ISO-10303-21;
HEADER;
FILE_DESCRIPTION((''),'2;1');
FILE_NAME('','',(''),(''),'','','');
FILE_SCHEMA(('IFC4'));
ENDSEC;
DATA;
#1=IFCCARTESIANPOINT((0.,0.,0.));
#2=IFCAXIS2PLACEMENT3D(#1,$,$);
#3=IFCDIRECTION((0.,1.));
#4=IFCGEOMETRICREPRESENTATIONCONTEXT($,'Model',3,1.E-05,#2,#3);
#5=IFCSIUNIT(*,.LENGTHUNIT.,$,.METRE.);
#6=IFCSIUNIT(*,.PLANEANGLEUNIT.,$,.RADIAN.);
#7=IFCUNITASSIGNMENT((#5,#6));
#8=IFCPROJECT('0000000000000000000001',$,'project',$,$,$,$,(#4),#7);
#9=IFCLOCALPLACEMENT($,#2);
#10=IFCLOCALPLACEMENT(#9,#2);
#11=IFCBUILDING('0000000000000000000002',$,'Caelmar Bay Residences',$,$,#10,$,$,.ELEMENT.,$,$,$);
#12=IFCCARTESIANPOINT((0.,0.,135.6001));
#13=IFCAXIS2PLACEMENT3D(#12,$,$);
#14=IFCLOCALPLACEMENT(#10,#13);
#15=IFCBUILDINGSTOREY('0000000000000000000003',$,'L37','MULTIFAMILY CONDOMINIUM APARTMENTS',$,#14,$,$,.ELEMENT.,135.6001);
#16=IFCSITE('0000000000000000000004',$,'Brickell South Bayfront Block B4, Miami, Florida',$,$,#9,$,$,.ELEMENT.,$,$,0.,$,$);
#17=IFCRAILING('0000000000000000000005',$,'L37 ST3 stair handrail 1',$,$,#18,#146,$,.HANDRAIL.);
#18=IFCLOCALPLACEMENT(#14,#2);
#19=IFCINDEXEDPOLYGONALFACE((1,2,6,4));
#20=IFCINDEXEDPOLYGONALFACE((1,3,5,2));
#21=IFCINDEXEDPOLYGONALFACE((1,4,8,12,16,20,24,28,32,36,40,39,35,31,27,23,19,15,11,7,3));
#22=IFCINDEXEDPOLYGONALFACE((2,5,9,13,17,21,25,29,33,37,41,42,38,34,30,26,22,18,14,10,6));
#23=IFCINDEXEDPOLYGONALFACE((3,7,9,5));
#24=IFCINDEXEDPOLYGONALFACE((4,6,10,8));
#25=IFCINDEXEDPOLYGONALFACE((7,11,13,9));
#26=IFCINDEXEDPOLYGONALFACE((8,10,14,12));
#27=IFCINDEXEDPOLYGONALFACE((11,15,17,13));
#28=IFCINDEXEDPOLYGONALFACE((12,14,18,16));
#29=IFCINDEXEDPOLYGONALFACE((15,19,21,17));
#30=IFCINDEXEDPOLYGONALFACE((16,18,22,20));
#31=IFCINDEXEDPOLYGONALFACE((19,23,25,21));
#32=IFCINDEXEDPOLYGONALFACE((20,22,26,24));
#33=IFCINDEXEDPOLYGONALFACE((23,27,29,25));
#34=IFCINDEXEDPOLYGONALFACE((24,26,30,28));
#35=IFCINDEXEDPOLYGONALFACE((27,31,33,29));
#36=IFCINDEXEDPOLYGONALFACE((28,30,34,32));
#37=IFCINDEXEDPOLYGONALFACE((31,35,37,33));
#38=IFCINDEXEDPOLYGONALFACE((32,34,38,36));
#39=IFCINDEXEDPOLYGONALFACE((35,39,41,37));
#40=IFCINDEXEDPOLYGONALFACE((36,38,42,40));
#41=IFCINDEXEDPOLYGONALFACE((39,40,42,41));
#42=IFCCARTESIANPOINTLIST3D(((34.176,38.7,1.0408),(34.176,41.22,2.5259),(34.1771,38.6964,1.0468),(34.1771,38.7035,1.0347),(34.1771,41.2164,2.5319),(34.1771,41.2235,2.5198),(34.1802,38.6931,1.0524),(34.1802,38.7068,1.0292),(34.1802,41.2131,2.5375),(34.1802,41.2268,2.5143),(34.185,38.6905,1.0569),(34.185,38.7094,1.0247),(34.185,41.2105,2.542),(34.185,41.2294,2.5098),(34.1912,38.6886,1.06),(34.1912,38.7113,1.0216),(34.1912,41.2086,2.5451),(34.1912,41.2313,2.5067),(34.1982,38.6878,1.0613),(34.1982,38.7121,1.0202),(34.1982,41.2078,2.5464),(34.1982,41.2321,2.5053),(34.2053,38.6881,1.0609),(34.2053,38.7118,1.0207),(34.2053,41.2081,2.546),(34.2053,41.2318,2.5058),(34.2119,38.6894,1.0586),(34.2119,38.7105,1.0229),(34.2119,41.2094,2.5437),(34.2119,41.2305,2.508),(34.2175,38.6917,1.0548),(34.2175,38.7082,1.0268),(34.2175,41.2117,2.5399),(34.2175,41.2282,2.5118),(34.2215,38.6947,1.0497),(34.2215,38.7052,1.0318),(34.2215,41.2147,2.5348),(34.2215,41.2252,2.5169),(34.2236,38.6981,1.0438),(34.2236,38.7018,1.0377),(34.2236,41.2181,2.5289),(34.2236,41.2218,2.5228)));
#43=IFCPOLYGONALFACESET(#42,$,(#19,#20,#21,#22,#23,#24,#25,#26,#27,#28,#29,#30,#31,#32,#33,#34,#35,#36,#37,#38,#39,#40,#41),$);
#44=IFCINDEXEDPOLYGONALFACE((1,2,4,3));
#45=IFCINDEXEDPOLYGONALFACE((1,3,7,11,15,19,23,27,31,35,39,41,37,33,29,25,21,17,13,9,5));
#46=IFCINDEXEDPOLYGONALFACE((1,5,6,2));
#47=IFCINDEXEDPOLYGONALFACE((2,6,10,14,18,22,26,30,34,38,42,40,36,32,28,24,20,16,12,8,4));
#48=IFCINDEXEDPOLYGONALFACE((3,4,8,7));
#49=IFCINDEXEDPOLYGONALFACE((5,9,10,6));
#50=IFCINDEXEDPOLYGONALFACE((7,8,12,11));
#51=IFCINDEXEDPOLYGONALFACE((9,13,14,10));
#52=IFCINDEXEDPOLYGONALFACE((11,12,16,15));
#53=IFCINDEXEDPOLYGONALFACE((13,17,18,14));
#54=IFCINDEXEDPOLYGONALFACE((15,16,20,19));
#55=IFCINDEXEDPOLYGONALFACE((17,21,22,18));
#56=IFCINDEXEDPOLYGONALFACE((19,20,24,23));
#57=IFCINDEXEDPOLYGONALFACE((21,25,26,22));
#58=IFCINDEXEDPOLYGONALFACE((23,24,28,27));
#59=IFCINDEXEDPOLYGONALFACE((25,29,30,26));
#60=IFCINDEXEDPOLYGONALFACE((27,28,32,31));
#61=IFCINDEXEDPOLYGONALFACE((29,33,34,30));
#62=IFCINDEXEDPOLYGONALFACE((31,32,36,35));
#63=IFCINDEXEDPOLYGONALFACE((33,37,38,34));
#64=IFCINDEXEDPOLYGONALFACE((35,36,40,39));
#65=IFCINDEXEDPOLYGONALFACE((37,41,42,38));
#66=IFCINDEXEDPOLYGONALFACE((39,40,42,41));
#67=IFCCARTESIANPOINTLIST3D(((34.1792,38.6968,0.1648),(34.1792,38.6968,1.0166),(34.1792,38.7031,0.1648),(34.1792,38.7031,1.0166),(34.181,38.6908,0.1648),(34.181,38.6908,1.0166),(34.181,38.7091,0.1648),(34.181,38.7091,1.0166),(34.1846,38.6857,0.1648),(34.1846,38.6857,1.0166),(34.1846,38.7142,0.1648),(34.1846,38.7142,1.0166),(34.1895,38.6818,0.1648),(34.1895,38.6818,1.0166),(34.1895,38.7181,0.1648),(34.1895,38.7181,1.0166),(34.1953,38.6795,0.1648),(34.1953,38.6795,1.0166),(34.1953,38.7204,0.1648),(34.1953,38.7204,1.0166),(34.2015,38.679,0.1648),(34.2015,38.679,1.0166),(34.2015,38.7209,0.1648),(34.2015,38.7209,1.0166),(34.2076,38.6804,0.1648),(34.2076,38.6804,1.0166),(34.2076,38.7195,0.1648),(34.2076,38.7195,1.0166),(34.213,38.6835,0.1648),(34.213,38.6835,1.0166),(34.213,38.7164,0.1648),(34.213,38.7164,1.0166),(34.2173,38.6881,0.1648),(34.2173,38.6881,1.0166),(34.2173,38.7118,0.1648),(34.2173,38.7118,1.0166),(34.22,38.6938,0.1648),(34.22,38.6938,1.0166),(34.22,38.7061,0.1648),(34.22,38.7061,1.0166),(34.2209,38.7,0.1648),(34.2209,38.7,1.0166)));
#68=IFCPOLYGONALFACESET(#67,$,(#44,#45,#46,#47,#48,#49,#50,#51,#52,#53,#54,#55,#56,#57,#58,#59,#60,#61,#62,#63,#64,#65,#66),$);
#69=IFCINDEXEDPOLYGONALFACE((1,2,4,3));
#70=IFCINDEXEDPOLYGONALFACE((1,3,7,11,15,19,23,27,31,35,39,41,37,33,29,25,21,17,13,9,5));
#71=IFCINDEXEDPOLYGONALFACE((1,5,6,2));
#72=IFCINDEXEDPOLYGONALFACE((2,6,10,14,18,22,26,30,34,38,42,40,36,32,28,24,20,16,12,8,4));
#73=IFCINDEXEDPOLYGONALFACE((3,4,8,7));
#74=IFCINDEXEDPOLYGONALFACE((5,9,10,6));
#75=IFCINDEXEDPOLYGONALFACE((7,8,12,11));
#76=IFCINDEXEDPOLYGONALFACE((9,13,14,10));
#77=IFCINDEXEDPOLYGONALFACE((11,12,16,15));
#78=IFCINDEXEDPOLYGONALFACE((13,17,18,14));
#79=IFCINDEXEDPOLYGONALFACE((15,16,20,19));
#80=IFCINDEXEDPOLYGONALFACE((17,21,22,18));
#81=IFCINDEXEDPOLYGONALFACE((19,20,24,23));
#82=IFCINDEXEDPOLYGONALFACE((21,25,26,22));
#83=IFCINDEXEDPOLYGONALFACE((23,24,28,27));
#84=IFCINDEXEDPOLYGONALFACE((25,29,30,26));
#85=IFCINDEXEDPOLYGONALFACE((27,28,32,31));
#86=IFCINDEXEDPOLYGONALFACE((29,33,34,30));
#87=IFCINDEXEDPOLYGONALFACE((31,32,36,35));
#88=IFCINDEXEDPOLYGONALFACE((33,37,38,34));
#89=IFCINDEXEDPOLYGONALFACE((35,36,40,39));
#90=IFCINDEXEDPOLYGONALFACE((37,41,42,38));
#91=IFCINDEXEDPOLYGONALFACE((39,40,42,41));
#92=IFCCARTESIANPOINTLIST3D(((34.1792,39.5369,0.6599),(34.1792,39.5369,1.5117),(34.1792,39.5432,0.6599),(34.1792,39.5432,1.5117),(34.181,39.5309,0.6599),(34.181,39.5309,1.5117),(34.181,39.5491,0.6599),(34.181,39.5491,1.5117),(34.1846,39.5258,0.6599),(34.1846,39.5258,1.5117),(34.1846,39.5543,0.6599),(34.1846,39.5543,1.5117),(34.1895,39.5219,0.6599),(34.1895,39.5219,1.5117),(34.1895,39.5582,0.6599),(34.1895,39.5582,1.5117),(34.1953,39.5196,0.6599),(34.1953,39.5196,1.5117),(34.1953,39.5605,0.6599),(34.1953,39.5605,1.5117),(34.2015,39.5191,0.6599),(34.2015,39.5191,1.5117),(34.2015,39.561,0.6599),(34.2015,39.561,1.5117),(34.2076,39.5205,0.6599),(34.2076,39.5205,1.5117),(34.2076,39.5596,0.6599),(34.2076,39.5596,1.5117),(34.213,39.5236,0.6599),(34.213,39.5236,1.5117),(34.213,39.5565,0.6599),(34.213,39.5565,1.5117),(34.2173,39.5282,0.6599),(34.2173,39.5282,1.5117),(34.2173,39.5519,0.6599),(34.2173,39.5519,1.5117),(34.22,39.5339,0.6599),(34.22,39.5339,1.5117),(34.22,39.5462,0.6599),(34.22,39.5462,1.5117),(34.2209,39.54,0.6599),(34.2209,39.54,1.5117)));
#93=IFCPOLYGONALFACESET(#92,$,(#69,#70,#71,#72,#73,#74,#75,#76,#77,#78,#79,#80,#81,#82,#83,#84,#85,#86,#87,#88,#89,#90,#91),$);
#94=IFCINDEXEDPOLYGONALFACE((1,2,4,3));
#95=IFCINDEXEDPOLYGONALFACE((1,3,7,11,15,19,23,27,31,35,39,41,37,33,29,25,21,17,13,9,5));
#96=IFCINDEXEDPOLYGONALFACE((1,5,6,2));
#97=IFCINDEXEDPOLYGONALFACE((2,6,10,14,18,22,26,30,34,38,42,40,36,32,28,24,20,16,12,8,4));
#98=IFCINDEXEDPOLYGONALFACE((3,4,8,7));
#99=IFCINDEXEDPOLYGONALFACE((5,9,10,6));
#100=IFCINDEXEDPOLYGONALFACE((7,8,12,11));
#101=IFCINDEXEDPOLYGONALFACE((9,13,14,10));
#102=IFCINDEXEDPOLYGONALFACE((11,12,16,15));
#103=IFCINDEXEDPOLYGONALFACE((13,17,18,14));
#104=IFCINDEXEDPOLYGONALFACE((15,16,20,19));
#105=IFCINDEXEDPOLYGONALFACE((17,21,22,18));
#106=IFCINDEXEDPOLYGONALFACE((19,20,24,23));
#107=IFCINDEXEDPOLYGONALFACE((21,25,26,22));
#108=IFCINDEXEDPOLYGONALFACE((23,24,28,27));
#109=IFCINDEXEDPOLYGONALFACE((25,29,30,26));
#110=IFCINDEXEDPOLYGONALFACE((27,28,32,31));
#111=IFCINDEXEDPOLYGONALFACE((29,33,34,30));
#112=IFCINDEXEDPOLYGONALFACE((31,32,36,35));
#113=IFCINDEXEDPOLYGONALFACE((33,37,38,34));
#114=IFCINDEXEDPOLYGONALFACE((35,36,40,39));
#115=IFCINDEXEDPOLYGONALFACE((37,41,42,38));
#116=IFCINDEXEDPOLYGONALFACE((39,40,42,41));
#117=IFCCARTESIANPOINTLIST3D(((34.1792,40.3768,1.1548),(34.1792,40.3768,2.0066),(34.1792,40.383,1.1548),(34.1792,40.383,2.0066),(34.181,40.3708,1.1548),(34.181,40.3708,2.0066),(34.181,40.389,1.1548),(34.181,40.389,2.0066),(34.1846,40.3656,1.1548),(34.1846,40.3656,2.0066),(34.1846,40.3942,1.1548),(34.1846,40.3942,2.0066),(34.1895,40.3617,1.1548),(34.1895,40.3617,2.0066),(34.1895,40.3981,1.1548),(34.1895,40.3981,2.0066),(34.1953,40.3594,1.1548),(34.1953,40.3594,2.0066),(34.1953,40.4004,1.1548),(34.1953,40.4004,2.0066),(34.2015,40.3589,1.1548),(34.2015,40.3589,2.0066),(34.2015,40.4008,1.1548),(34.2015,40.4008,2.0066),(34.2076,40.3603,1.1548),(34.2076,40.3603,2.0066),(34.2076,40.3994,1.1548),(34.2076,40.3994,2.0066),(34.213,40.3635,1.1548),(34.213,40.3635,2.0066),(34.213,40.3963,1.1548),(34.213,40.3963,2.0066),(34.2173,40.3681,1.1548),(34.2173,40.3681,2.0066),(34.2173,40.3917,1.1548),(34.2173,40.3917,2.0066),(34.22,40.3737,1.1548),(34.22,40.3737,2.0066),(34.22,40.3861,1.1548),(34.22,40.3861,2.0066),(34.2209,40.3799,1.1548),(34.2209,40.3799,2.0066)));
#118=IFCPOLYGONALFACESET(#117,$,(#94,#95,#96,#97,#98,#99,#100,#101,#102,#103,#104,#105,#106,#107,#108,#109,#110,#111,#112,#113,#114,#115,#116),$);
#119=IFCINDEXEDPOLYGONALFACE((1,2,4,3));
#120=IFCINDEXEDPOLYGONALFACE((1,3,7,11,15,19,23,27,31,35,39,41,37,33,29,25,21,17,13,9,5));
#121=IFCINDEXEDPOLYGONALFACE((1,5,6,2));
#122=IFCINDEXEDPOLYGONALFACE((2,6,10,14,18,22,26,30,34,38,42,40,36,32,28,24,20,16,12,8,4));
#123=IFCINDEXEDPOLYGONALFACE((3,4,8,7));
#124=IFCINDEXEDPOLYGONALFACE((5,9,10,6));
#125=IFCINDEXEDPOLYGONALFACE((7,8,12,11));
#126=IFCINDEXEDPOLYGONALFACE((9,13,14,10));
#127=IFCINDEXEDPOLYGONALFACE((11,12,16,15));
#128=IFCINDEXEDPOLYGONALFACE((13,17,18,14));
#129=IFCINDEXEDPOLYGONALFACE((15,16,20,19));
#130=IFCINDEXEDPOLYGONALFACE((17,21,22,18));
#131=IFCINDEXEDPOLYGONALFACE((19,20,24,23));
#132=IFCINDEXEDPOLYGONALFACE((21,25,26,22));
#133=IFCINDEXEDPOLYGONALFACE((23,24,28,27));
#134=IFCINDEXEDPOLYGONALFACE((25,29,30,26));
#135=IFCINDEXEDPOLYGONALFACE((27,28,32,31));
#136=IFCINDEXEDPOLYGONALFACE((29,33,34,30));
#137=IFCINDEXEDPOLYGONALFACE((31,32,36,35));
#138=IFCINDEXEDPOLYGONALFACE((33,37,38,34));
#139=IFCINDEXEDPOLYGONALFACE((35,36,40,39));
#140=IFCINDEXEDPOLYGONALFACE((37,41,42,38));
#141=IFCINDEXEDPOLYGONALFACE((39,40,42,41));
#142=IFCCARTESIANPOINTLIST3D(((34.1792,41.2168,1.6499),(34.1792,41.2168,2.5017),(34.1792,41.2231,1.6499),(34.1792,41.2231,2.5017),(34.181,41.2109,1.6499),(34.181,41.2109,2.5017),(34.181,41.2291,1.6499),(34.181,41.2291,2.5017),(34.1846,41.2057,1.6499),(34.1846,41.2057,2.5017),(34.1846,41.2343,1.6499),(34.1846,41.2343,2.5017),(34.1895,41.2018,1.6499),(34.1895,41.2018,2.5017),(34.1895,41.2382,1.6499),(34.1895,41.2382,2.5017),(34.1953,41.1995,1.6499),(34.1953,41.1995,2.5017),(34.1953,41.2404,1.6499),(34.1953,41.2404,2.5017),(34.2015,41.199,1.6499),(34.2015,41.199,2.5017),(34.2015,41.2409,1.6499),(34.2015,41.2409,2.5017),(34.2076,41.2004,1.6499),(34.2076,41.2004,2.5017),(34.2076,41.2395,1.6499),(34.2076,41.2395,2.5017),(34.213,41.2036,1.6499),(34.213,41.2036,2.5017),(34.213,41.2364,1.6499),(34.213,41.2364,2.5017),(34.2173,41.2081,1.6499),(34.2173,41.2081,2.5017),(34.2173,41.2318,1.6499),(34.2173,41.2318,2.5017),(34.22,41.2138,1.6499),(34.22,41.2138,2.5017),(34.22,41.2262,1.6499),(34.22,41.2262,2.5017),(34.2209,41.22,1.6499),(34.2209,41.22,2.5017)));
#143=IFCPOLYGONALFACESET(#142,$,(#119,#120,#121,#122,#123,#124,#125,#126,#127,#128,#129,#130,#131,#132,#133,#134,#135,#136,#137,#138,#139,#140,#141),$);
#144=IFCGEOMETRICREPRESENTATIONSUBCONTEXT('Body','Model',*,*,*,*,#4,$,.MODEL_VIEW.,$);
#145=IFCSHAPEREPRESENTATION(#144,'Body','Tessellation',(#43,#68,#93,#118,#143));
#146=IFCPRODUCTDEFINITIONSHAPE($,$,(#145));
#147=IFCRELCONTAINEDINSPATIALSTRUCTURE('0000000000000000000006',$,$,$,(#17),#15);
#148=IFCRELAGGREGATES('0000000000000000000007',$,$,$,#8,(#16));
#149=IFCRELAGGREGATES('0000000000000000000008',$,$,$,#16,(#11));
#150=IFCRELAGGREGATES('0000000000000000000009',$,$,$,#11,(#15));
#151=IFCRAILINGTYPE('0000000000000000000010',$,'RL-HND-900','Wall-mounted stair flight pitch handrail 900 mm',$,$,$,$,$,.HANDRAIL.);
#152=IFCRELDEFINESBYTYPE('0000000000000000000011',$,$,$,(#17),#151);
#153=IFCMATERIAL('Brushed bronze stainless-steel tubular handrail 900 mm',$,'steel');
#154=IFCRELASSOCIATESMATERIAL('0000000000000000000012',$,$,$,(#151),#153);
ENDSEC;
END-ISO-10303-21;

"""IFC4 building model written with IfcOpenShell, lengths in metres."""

from ifc_helpers import new_model, si_unit, direction, frame, origin, origin_2d, place, context, subcontext, project, spatial, circle, extrude, material, type_object, element, save


model = new_model("IFC4")

# Units and contexts
model_context = context("Model", 3, precision=1e-05, world=origin(), true_north=direction((0.0, 1.0)))
body_context = subcontext(model_context, "Body", "Model", "MODEL_VIEW")
ifc_project = project(units=[si_unit("LENGTHUNIT", "METRE"), si_unit("PLANEANGLEUNIT", "RADIAN")], contexts=[model_context])

# Site, building, storey
site_placement = place(None, origin())
site = spatial("IfcSite", under=ifc_project, at=site_placement, Name="Brickell South Bayfront Block B4, Miami, Florida", CompositionType="ELEMENT", RefElevation=0.0)
building_placement = place(site_placement, origin())
building = spatial("IfcBuilding", under=site, at=building_placement, Name="Caelmar Bay Residences", CompositionType="ELEMENT")
storey_placement = place(building_placement, frame((0.0, 0.0, 135.6001)))
storey = spatial("IfcBuildingStorey", under=building, at=storey_placement, Name="L37", Description="MULTIFAMILY CONDOMINIUM APARTMENTS", CompositionType="ELEMENT", Elevation=135.6001)

# Railing
ifc_material_1 = material(Name="Brushed bronze stainless-steel tubular handrail 900 mm", Category="steel")
railing_type_1 = type_object("IfcRailingType", Name="RL-HND-900", Description="Wall-mounted stair flight pitch handrail 900 mm", PredefinedType="HANDRAIL", material=ifc_material_1)
railing_1_placement = place(storey_placement, frame((34.2, 38.7, 0.1648)))
element("IfcRailing", 1, at=railing_1_placement, inside=storey, type_object=railing_type_1, Name="L37 ST3 stair handrail 1", PredefinedType="HANDRAIL", context=body_context, shape_type="SweptSolid", body=[
    extrude(circle(Radius=0.0239, at=origin_2d()), frame((0.0, 0.0, 0.876), z_axis=(0.0, 0.861524, 0.507717), x_axis=(-1.0, 0.0, 0.0)), (0.0, 0.0, 1.0), 2.925),
    extrude(circle(Radius=0.021, at=origin_2d()), origin(), (0.0, 0.0, 1.0), 0.8518),
    extrude(circle(Radius=0.021, at=origin_2d()), frame((0.0, 0.8401, 0.4951)), (0.0, 0.0, 1.0), 0.8518),
    extrude(circle(Radius=0.021, at=origin_2d()), frame((0.0, 1.6799, 0.99)), (0.0, 0.0, 1.0), 0.8518),
    extrude(circle(Radius=0.021, at=origin_2d()), frame((0.0, 2.52, 1.4851)), (0.0, 0.0, 1.0), 0.8518),
])

save(model, "model.ifc")
